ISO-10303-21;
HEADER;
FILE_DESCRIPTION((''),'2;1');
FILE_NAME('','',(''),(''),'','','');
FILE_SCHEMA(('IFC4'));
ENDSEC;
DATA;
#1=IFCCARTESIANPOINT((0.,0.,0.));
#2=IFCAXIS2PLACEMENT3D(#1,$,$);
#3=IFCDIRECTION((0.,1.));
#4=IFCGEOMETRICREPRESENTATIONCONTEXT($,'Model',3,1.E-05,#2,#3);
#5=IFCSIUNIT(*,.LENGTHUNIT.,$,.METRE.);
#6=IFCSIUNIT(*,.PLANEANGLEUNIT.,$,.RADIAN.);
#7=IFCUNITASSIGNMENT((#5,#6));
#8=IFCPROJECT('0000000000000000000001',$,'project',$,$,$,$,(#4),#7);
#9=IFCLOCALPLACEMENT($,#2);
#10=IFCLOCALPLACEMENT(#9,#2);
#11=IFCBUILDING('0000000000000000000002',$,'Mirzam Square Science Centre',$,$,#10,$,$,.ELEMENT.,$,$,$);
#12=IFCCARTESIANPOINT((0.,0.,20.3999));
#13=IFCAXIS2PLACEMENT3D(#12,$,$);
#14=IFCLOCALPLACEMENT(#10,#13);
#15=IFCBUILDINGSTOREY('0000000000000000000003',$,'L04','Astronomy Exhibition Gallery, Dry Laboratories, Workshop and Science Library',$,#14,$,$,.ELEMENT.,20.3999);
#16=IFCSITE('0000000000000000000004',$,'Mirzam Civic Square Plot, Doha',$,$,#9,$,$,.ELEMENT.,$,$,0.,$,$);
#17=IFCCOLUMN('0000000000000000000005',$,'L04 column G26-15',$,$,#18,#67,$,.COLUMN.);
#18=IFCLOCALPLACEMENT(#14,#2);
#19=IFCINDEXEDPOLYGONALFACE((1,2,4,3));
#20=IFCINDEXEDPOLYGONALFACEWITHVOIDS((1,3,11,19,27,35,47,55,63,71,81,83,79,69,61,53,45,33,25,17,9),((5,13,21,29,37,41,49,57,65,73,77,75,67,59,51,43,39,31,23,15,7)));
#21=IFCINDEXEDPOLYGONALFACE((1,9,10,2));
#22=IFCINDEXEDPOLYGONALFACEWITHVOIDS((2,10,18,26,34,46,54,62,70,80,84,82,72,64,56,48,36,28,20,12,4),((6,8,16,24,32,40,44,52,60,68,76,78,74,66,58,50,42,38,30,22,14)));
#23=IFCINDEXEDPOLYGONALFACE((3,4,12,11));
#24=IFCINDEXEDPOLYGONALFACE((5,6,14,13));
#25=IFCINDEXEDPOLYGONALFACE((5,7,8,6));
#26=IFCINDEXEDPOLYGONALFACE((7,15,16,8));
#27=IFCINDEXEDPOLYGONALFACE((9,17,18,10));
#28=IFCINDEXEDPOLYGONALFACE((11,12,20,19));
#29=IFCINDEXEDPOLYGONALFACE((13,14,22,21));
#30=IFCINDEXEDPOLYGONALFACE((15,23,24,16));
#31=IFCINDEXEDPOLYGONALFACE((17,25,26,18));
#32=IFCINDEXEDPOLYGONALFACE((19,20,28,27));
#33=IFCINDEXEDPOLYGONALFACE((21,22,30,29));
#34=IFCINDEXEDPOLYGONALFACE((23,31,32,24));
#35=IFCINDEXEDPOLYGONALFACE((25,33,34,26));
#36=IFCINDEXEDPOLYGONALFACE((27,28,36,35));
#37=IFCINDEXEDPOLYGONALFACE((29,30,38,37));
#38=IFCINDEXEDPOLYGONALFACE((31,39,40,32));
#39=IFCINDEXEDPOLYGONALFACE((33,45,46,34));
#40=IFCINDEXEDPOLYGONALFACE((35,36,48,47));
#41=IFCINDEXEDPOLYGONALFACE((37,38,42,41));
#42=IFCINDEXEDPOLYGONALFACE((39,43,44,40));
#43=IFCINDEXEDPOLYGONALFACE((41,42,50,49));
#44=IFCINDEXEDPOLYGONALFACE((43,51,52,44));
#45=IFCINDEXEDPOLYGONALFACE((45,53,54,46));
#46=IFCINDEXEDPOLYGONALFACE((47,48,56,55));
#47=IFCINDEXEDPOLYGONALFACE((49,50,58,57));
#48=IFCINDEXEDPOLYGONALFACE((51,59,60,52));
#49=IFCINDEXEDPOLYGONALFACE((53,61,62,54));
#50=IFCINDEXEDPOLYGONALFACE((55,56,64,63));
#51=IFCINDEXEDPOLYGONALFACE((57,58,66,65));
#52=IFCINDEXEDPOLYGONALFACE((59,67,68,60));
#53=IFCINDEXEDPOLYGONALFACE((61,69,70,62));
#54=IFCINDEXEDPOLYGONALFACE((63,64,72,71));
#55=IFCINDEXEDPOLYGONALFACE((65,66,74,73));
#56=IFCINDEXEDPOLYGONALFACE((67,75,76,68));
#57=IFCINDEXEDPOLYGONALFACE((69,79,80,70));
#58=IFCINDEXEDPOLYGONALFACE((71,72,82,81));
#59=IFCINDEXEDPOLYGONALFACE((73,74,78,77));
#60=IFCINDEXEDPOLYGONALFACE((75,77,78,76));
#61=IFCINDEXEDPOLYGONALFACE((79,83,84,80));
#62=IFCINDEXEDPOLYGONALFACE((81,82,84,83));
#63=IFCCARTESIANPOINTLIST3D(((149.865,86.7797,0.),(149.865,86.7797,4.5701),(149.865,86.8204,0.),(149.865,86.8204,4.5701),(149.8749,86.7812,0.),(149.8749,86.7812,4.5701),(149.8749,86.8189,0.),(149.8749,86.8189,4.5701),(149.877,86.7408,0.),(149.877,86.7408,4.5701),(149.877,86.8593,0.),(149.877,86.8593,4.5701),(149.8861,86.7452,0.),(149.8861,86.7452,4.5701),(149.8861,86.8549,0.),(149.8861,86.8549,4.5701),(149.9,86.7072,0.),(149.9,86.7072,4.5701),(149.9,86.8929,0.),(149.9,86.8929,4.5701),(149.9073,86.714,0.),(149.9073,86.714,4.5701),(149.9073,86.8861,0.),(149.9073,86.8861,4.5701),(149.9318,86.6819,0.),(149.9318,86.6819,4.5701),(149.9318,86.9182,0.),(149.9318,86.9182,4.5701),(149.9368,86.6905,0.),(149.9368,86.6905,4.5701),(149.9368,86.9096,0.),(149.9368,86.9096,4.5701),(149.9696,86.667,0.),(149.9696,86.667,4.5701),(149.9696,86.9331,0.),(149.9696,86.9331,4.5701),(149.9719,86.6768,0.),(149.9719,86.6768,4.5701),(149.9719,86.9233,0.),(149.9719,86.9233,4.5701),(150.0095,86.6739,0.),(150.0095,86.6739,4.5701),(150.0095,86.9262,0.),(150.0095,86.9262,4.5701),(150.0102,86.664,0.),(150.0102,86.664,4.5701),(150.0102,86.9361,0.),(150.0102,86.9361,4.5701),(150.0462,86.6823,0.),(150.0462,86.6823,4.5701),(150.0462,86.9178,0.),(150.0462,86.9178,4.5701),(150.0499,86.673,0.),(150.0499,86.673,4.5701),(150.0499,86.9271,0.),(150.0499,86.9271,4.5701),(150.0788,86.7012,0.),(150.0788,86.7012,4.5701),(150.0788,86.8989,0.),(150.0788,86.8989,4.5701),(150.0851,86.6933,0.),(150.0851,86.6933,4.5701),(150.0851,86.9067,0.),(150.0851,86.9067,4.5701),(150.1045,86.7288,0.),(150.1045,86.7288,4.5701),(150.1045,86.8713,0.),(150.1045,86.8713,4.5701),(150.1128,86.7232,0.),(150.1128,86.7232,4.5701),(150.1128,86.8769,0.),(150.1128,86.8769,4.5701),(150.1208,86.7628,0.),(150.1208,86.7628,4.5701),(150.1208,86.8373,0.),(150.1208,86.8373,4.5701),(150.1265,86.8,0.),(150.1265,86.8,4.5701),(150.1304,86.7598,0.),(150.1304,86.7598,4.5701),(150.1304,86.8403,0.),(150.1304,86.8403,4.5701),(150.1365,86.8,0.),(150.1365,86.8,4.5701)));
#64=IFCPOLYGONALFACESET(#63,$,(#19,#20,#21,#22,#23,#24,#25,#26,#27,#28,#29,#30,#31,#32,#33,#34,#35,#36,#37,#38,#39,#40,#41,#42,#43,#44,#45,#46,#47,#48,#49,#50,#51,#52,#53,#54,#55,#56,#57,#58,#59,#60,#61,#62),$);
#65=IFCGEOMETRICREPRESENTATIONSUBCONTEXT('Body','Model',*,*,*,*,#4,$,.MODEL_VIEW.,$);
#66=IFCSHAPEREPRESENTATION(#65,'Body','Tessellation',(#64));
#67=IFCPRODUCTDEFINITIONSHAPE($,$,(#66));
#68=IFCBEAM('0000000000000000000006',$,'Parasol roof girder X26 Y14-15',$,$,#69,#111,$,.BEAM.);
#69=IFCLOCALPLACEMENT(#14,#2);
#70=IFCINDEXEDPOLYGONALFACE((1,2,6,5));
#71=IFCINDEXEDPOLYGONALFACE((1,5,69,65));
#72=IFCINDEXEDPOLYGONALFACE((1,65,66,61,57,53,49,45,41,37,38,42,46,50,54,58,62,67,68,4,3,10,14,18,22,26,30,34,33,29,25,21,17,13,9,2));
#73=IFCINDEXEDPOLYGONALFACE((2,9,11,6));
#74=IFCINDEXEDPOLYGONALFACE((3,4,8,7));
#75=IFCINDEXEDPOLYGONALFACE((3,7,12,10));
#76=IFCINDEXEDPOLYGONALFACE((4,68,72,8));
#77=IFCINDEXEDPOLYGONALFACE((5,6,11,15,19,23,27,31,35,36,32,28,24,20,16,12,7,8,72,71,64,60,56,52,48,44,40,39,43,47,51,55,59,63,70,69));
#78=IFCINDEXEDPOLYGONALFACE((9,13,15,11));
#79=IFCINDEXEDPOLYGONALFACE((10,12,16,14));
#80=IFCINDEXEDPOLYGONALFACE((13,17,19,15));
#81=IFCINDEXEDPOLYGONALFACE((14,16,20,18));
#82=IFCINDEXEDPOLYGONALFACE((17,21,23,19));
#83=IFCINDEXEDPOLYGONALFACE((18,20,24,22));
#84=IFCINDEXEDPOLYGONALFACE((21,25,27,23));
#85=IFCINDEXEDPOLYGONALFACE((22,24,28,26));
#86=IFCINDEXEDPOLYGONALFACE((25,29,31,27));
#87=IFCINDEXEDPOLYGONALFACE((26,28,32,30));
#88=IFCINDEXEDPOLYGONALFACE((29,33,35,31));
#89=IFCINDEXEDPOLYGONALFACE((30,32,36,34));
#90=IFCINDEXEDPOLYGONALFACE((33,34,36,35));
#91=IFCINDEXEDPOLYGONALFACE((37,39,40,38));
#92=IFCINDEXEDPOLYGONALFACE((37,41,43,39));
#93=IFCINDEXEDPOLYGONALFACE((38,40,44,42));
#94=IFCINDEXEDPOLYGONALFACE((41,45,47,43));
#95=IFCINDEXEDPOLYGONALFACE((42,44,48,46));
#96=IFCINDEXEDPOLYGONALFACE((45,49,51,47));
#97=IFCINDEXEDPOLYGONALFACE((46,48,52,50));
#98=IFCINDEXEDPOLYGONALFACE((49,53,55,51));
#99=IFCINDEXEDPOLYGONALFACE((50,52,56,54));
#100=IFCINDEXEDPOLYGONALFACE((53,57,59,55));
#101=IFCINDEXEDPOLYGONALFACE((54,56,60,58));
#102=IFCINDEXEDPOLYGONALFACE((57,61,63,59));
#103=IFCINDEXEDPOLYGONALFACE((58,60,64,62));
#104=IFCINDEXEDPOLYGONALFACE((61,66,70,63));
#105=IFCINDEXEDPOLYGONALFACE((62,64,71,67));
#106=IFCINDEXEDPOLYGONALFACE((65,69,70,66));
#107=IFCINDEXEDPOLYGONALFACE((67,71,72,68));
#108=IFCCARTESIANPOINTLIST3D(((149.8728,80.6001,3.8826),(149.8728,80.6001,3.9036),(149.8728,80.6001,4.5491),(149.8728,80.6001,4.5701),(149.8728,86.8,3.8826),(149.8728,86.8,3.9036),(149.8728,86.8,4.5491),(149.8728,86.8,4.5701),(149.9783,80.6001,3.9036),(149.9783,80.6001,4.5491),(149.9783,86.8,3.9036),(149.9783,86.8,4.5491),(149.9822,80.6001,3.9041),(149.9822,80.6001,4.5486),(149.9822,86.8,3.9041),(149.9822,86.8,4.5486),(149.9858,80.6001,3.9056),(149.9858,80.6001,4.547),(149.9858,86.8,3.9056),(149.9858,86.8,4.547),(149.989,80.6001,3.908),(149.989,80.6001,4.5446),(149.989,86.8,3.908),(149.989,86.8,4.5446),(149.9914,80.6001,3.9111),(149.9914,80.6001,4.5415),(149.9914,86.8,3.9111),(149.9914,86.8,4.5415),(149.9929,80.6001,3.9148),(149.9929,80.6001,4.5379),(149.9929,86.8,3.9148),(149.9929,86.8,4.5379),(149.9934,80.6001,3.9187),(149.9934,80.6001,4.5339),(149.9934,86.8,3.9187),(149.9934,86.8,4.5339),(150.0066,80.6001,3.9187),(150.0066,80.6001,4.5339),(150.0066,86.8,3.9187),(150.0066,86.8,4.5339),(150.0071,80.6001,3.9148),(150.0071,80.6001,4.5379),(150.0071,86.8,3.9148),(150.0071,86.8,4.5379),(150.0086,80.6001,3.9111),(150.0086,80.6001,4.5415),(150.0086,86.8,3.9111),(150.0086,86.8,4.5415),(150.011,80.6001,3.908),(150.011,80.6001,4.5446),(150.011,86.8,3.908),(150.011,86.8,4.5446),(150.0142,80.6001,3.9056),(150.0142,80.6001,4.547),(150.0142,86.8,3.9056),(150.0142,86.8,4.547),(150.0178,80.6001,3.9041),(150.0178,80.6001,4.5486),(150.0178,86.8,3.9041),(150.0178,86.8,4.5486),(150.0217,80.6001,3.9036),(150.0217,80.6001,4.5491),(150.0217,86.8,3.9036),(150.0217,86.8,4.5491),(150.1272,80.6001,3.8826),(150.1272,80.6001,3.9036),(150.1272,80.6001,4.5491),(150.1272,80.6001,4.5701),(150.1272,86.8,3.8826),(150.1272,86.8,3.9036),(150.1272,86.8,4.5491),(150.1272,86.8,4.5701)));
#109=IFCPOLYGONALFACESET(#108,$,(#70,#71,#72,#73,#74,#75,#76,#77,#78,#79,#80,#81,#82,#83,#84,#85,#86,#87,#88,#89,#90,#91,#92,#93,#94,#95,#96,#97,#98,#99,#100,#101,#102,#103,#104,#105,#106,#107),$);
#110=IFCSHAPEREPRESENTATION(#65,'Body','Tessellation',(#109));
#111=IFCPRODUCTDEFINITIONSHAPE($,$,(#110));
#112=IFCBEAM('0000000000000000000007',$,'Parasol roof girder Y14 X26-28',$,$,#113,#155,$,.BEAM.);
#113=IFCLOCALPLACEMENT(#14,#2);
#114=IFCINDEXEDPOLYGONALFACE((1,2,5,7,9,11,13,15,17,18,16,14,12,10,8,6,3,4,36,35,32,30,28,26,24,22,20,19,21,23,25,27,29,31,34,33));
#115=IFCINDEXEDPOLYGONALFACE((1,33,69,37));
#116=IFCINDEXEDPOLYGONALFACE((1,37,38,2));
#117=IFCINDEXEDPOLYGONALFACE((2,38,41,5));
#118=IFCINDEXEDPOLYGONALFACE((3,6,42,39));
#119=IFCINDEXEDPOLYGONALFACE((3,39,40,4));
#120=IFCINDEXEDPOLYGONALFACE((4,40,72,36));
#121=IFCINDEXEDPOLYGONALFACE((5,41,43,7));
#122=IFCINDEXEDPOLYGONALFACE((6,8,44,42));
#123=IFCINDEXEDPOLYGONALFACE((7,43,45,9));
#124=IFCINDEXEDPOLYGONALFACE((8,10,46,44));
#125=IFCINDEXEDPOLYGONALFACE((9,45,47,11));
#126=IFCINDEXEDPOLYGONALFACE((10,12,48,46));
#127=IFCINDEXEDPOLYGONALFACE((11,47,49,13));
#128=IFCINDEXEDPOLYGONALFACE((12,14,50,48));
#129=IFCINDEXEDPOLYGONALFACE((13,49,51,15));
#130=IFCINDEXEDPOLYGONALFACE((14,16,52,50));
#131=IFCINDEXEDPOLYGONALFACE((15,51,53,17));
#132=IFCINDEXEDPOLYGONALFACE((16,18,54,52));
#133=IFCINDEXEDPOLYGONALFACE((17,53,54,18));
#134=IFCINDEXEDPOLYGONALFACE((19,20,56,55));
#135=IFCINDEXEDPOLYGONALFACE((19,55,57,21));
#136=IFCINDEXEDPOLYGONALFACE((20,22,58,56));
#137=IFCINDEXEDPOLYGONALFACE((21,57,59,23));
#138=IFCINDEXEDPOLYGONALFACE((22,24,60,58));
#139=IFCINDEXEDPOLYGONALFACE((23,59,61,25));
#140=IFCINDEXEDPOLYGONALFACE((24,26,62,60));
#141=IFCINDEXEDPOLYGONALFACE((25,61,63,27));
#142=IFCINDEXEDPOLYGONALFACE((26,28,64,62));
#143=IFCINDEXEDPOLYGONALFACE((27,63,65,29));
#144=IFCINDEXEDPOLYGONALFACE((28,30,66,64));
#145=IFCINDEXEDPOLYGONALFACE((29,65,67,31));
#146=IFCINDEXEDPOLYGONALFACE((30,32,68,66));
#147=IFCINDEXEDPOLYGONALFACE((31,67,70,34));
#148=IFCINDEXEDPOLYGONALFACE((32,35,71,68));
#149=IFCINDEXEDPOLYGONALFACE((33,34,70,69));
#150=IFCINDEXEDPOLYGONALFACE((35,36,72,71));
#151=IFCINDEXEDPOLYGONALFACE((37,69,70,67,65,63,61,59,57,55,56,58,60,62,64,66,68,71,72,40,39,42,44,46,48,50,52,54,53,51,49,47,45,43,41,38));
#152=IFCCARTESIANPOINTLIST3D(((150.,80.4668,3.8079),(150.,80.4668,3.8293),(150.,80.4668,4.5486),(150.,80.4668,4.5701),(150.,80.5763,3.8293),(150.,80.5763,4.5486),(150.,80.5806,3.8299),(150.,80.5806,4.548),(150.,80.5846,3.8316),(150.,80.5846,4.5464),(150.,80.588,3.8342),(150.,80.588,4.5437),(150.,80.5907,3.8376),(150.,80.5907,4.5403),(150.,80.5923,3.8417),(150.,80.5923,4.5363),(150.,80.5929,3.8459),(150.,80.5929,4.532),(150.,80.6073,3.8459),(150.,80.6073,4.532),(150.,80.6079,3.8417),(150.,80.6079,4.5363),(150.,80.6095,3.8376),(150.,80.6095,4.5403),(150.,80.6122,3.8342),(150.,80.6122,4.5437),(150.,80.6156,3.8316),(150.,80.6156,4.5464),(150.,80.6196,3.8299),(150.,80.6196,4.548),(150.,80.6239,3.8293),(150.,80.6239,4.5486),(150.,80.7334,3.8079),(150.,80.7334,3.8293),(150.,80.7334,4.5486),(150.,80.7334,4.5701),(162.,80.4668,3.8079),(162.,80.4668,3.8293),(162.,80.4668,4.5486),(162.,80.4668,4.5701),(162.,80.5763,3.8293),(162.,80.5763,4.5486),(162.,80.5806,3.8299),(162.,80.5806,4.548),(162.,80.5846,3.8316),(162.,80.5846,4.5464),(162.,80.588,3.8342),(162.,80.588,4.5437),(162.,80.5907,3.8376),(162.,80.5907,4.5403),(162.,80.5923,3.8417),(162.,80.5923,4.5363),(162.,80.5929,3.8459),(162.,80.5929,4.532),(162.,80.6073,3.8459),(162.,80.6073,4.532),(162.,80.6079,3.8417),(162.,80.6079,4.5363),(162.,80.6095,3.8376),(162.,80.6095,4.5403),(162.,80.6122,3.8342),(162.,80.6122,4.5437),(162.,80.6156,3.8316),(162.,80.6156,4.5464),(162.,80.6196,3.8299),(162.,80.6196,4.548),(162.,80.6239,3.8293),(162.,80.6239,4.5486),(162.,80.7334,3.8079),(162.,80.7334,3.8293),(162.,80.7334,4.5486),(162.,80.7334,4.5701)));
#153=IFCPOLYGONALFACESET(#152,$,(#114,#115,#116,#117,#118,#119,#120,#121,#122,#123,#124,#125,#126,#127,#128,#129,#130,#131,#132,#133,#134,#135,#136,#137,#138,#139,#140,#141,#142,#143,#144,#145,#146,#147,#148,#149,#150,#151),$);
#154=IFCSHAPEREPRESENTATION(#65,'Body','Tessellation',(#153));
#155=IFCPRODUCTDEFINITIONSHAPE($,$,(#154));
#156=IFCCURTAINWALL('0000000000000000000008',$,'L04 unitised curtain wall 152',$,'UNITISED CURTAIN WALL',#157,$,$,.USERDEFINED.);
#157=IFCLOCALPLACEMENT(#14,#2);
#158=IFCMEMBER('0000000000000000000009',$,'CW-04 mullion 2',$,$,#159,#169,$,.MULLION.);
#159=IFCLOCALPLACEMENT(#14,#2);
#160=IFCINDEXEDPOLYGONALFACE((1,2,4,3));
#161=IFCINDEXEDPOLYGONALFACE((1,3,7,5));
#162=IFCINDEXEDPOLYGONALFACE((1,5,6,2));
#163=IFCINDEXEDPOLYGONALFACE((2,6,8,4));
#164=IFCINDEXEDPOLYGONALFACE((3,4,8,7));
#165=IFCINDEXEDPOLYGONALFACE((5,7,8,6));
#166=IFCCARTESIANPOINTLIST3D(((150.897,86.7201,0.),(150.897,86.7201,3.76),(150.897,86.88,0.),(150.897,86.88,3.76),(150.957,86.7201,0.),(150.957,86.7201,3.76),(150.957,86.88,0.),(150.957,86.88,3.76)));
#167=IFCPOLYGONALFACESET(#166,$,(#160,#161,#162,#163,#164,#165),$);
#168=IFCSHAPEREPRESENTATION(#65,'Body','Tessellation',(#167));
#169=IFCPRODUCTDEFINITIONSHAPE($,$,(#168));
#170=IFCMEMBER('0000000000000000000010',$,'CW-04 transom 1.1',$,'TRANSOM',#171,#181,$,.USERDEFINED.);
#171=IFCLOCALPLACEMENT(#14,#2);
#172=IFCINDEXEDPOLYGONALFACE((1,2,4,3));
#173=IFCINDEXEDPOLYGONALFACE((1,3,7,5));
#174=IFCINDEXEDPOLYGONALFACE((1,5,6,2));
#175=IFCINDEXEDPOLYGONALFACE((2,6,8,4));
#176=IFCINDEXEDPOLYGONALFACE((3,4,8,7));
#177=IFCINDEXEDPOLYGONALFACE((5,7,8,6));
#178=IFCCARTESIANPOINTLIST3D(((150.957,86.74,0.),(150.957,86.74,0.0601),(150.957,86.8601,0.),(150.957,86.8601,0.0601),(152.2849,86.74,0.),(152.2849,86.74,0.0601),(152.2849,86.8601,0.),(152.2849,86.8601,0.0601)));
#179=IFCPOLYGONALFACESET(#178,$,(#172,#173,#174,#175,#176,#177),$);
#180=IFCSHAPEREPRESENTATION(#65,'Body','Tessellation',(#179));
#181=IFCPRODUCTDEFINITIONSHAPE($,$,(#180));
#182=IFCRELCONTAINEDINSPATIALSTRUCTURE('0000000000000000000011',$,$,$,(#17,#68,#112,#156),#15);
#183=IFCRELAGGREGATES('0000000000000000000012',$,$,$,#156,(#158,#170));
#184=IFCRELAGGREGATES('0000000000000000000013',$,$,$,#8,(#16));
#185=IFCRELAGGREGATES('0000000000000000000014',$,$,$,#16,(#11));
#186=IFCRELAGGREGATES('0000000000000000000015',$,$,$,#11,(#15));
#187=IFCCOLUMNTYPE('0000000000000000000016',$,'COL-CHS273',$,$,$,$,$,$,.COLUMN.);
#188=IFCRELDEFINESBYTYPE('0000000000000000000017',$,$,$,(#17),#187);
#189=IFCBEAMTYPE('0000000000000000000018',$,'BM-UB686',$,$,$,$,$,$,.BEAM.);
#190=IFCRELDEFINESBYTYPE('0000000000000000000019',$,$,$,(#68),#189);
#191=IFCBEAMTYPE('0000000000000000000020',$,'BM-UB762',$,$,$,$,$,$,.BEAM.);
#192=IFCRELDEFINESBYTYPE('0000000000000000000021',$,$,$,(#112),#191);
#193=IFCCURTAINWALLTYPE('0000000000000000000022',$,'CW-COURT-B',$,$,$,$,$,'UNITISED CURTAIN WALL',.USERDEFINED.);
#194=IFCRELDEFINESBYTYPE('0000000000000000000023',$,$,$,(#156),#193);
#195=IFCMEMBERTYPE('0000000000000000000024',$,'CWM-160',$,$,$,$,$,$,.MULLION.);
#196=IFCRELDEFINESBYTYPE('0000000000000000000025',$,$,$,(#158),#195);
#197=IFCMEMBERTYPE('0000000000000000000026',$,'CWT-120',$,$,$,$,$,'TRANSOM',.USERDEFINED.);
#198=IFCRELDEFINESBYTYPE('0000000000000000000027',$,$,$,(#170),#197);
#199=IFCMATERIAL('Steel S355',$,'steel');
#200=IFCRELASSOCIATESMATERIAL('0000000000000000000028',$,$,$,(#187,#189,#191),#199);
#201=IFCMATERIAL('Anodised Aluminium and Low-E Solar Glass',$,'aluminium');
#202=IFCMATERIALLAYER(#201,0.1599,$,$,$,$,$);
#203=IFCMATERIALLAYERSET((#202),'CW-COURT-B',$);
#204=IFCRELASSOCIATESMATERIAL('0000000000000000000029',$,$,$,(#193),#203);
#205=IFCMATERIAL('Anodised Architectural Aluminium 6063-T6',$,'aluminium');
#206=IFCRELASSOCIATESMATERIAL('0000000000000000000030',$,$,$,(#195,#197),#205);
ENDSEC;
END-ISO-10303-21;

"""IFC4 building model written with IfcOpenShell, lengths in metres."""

from ifc_helpers import new_model, si_unit, direction, frame, origin, origin_2d, place, context, subcontext, project, spatial, rectangle, hollow_circle, i_section, extrude, material, layer, layer_set, material_profile, profile_set, type_object, element, aggregate, save


model = new_model("IFC4")

# Units and contexts
model_context = context("Model", 3, precision=1e-05, world=origin(), true_north=direction((0.0, 1.0)))
body_context = subcontext(model_context, "Body", "Model", "MODEL_VIEW")
ifc_project = project(units=[si_unit("LENGTHUNIT", "METRE"), si_unit("PLANEANGLEUNIT", "RADIAN")], contexts=[model_context])

# Site, building, storey
site_placement = place(None, origin())
site = spatial("IfcSite", under=ifc_project, at=site_placement, Name="Mirzam Civic Square Plot, Doha", CompositionType="ELEMENT", RefElevation=0.0)
building_placement = place(site_placement, origin())
building = spatial("IfcBuilding", under=site, at=building_placement, Name="Mirzam Square Science Centre", CompositionType="ELEMENT")
storey_placement = place(building_placement, frame((0.0, 0.0, 20.3999)))
storey = spatial("IfcBuildingStorey", under=building, at=storey_placement, Name="L04", Description="Astronomy Exhibition Gallery, Dry Laboratories, Workshop and Science Library", CompositionType="ELEMENT", Elevation=20.3999)

# Column
ifc_material_1 = material(Name="Steel S355", Category="steel")
ifc_material_profile_1 = material_profile(ifc_material_1, hollow_circle(Radius=0.1365, WallThickness=0.01, at=origin_2d()), Name="273.0x10.0CHS")
ifc_profile_set_1 = profile_set([ifc_material_profile_1], Name="Steel S355")
column_type = type_object("IfcColumnType", Name="COL-CHS273", PredefinedType="COLUMN", material=ifc_profile_set_1)
column_placement = place(storey_placement, frame((150.0, 86.8, 0.0), z_axis=(0.0, 0.0, 1.0), x_axis=(1.0, 0.0, 0.0)))
element("IfcColumn", 1, at=column_placement, inside=storey, type_object=column_type, Name="L04 column G26-15", PredefinedType="COLUMN", context=body_context, shape_type="SweptSolid", body=[
    extrude(hollow_circle(Radius=0.1365, WallThickness=0.01, at=origin_2d()), origin(), (0.0, 0.0, 1.0), 4.5701),
])

# Beams
ifc_material_profile_2 = material_profile(ifc_material_1, i_section(OverallWidth=0.2544, OverallDepth=0.6875, WebThickness=0.0132, FlangeThickness=0.021, FilletRadius=0.0151, at=origin_2d()), Name="686x254x152UB")
ifc_profile_set_2 = profile_set([ifc_material_profile_2], Name="Steel S355")
beam_type_1 = type_object("IfcBeamType", Name="BM-UB686", PredefinedType="BEAM", material=ifc_profile_set_2)
beam_1_placement = place(storey_placement, frame((150.0, 80.6001, 4.2263), z_axis=(0.0, 1.0, 0.0), x_axis=(-1.0, 0.0, 0.0)))
element("IfcBeam", 2, at=beam_1_placement, inside=storey, type_object=beam_type_1, Name="Parasol roof girder X26 Y14-15", PredefinedType="BEAM", context=body_context, shape_type="SweptSolid", body=[
    extrude(i_section(OverallWidth=0.2544, OverallDepth=0.6875, WebThickness=0.0132, FlangeThickness=0.021, FilletRadius=0.0151, at=origin_2d()), origin(), (0.0, 0.0, 1.0), 6.2),
])
ifc_material_profile_3 = material_profile(ifc_material_1, i_section(OverallWidth=0.2666, OverallDepth=0.7622, WebThickness=0.0144, FlangeThickness=0.0215, FilletRadius=0.0166, at=origin_2d()), Name="762x267x173UB")
ifc_profile_set_3 = profile_set([ifc_material_profile_3], Name="Steel S355")
beam_type_2 = type_object("IfcBeamType", Name="BM-UB762", PredefinedType="BEAM", material=ifc_profile_set_3)
beam_2_placement = place(storey_placement, frame((150.0, 80.6001, 4.189), z_axis=(1.0, 0.0, 0.0), x_axis=(0.0, 1.0, 0.0)))
element("IfcBeam", 3, at=beam_2_placement, inside=storey, type_object=beam_type_2, Name="Parasol roof girder Y14 X26-28", PredefinedType="BEAM", context=body_context, shape_type="SweptSolid", body=[
    extrude(i_section(OverallWidth=0.2666, OverallDepth=0.7622, WebThickness=0.0144, FlangeThickness=0.0215, FilletRadius=0.0166, at=origin_2d()), origin(), (0.0, 0.0, 1.0), 12.0),
])

# Curtain wall, members
ifc_material_2 = material(Name="Anodised Aluminium and Low-E Solar Glass", Category="aluminium")
ifc_layer_1 = layer(ifc_material_2, 0.1599)
ifc_layer_set_1 = layer_set([ifc_layer_1], Name="CW-COURT-B")
curtain_wall_type = type_object("IfcCurtainWallType", Name="CW-COURT-B", ElementType="UNITISED CURTAIN WALL", PredefinedType="USERDEFINED", material=ifc_layer_set_1)
curtain_wall_placement = place(storey_placement, origin())
curtain_wall = element("IfcCurtainWall", 4, at=curtain_wall_placement, inside=storey, type_object=curtain_wall_type, Name="L04 unitised curtain wall 152", ObjectType="UNITISED CURTAIN WALL", PredefinedType="USERDEFINED")
ifc_material_3 = material(Name="Anodised Architectural Aluminium 6063-T6", Category="aluminium")
ifc_material_profile_4 = material_profile(ifc_material_3, rectangle(XDim=0.0601, YDim=0.1599, at=origin_2d()), Name="ALU-MULL-160x60x4")
ifc_profile_set_4 = profile_set([ifc_material_profile_4], Name="Anodised Architectural Aluminium 6063-T6")
member_type_1 = type_object("IfcMemberType", Name="CWM-160", PredefinedType="MULLION", material=ifc_profile_set_4)
member_1_placement = place(storey_placement, frame((150.927, 86.8, 0.0), z_axis=(0.0, 0.0, 1.0), x_axis=(-1.0, 0.0, 0.0)))
member_1 = element("IfcMember", 5, at=member_1_placement, type_object=member_type_1, Name="CW-04 mullion 2", PredefinedType="MULLION", context=body_context, shape_type="SweptSolid", body=[
    extrude(rectangle(XDim=0.0601, YDim=0.1599, at=origin_2d()), origin(), (0.0, 0.0, 1.0), 3.76),
])
ifc_material_profile_5 = material_profile(ifc_material_3, rectangle(XDim=0.1201, YDim=0.0601, at=origin_2d()), Name="ALU-TRAN-120x60x4")
ifc_profile_set_5 = profile_set([ifc_material_profile_5], Name="Anodised Architectural Aluminium 6063-T6")
member_type_2 = type_object("IfcMemberType", Name="CWT-120", ElementType="TRANSOM", PredefinedType="USERDEFINED", material=ifc_profile_set_5)
member_2_placement = place(storey_placement, frame((152.2849, 86.8, 0.03), z_axis=(-1.0, 0.0, 0.0), x_axis=(0.0, -1.0, 0.0)))
member_2 = element("IfcMember", 6, at=member_2_placement, type_object=member_type_2, Name="CW-04 transom 1.1", ObjectType="TRANSOM", PredefinedType="USERDEFINED", context=body_context, shape_type="SweptSolid", body=[
    extrude(rectangle(XDim=0.1201, YDim=0.0601, at=origin_2d()), origin(), (0.0, 0.0, 1.0), 1.3279),
])

aggregate(curtain_wall, [member_1, member_2])

save(model, "model.ifc")
